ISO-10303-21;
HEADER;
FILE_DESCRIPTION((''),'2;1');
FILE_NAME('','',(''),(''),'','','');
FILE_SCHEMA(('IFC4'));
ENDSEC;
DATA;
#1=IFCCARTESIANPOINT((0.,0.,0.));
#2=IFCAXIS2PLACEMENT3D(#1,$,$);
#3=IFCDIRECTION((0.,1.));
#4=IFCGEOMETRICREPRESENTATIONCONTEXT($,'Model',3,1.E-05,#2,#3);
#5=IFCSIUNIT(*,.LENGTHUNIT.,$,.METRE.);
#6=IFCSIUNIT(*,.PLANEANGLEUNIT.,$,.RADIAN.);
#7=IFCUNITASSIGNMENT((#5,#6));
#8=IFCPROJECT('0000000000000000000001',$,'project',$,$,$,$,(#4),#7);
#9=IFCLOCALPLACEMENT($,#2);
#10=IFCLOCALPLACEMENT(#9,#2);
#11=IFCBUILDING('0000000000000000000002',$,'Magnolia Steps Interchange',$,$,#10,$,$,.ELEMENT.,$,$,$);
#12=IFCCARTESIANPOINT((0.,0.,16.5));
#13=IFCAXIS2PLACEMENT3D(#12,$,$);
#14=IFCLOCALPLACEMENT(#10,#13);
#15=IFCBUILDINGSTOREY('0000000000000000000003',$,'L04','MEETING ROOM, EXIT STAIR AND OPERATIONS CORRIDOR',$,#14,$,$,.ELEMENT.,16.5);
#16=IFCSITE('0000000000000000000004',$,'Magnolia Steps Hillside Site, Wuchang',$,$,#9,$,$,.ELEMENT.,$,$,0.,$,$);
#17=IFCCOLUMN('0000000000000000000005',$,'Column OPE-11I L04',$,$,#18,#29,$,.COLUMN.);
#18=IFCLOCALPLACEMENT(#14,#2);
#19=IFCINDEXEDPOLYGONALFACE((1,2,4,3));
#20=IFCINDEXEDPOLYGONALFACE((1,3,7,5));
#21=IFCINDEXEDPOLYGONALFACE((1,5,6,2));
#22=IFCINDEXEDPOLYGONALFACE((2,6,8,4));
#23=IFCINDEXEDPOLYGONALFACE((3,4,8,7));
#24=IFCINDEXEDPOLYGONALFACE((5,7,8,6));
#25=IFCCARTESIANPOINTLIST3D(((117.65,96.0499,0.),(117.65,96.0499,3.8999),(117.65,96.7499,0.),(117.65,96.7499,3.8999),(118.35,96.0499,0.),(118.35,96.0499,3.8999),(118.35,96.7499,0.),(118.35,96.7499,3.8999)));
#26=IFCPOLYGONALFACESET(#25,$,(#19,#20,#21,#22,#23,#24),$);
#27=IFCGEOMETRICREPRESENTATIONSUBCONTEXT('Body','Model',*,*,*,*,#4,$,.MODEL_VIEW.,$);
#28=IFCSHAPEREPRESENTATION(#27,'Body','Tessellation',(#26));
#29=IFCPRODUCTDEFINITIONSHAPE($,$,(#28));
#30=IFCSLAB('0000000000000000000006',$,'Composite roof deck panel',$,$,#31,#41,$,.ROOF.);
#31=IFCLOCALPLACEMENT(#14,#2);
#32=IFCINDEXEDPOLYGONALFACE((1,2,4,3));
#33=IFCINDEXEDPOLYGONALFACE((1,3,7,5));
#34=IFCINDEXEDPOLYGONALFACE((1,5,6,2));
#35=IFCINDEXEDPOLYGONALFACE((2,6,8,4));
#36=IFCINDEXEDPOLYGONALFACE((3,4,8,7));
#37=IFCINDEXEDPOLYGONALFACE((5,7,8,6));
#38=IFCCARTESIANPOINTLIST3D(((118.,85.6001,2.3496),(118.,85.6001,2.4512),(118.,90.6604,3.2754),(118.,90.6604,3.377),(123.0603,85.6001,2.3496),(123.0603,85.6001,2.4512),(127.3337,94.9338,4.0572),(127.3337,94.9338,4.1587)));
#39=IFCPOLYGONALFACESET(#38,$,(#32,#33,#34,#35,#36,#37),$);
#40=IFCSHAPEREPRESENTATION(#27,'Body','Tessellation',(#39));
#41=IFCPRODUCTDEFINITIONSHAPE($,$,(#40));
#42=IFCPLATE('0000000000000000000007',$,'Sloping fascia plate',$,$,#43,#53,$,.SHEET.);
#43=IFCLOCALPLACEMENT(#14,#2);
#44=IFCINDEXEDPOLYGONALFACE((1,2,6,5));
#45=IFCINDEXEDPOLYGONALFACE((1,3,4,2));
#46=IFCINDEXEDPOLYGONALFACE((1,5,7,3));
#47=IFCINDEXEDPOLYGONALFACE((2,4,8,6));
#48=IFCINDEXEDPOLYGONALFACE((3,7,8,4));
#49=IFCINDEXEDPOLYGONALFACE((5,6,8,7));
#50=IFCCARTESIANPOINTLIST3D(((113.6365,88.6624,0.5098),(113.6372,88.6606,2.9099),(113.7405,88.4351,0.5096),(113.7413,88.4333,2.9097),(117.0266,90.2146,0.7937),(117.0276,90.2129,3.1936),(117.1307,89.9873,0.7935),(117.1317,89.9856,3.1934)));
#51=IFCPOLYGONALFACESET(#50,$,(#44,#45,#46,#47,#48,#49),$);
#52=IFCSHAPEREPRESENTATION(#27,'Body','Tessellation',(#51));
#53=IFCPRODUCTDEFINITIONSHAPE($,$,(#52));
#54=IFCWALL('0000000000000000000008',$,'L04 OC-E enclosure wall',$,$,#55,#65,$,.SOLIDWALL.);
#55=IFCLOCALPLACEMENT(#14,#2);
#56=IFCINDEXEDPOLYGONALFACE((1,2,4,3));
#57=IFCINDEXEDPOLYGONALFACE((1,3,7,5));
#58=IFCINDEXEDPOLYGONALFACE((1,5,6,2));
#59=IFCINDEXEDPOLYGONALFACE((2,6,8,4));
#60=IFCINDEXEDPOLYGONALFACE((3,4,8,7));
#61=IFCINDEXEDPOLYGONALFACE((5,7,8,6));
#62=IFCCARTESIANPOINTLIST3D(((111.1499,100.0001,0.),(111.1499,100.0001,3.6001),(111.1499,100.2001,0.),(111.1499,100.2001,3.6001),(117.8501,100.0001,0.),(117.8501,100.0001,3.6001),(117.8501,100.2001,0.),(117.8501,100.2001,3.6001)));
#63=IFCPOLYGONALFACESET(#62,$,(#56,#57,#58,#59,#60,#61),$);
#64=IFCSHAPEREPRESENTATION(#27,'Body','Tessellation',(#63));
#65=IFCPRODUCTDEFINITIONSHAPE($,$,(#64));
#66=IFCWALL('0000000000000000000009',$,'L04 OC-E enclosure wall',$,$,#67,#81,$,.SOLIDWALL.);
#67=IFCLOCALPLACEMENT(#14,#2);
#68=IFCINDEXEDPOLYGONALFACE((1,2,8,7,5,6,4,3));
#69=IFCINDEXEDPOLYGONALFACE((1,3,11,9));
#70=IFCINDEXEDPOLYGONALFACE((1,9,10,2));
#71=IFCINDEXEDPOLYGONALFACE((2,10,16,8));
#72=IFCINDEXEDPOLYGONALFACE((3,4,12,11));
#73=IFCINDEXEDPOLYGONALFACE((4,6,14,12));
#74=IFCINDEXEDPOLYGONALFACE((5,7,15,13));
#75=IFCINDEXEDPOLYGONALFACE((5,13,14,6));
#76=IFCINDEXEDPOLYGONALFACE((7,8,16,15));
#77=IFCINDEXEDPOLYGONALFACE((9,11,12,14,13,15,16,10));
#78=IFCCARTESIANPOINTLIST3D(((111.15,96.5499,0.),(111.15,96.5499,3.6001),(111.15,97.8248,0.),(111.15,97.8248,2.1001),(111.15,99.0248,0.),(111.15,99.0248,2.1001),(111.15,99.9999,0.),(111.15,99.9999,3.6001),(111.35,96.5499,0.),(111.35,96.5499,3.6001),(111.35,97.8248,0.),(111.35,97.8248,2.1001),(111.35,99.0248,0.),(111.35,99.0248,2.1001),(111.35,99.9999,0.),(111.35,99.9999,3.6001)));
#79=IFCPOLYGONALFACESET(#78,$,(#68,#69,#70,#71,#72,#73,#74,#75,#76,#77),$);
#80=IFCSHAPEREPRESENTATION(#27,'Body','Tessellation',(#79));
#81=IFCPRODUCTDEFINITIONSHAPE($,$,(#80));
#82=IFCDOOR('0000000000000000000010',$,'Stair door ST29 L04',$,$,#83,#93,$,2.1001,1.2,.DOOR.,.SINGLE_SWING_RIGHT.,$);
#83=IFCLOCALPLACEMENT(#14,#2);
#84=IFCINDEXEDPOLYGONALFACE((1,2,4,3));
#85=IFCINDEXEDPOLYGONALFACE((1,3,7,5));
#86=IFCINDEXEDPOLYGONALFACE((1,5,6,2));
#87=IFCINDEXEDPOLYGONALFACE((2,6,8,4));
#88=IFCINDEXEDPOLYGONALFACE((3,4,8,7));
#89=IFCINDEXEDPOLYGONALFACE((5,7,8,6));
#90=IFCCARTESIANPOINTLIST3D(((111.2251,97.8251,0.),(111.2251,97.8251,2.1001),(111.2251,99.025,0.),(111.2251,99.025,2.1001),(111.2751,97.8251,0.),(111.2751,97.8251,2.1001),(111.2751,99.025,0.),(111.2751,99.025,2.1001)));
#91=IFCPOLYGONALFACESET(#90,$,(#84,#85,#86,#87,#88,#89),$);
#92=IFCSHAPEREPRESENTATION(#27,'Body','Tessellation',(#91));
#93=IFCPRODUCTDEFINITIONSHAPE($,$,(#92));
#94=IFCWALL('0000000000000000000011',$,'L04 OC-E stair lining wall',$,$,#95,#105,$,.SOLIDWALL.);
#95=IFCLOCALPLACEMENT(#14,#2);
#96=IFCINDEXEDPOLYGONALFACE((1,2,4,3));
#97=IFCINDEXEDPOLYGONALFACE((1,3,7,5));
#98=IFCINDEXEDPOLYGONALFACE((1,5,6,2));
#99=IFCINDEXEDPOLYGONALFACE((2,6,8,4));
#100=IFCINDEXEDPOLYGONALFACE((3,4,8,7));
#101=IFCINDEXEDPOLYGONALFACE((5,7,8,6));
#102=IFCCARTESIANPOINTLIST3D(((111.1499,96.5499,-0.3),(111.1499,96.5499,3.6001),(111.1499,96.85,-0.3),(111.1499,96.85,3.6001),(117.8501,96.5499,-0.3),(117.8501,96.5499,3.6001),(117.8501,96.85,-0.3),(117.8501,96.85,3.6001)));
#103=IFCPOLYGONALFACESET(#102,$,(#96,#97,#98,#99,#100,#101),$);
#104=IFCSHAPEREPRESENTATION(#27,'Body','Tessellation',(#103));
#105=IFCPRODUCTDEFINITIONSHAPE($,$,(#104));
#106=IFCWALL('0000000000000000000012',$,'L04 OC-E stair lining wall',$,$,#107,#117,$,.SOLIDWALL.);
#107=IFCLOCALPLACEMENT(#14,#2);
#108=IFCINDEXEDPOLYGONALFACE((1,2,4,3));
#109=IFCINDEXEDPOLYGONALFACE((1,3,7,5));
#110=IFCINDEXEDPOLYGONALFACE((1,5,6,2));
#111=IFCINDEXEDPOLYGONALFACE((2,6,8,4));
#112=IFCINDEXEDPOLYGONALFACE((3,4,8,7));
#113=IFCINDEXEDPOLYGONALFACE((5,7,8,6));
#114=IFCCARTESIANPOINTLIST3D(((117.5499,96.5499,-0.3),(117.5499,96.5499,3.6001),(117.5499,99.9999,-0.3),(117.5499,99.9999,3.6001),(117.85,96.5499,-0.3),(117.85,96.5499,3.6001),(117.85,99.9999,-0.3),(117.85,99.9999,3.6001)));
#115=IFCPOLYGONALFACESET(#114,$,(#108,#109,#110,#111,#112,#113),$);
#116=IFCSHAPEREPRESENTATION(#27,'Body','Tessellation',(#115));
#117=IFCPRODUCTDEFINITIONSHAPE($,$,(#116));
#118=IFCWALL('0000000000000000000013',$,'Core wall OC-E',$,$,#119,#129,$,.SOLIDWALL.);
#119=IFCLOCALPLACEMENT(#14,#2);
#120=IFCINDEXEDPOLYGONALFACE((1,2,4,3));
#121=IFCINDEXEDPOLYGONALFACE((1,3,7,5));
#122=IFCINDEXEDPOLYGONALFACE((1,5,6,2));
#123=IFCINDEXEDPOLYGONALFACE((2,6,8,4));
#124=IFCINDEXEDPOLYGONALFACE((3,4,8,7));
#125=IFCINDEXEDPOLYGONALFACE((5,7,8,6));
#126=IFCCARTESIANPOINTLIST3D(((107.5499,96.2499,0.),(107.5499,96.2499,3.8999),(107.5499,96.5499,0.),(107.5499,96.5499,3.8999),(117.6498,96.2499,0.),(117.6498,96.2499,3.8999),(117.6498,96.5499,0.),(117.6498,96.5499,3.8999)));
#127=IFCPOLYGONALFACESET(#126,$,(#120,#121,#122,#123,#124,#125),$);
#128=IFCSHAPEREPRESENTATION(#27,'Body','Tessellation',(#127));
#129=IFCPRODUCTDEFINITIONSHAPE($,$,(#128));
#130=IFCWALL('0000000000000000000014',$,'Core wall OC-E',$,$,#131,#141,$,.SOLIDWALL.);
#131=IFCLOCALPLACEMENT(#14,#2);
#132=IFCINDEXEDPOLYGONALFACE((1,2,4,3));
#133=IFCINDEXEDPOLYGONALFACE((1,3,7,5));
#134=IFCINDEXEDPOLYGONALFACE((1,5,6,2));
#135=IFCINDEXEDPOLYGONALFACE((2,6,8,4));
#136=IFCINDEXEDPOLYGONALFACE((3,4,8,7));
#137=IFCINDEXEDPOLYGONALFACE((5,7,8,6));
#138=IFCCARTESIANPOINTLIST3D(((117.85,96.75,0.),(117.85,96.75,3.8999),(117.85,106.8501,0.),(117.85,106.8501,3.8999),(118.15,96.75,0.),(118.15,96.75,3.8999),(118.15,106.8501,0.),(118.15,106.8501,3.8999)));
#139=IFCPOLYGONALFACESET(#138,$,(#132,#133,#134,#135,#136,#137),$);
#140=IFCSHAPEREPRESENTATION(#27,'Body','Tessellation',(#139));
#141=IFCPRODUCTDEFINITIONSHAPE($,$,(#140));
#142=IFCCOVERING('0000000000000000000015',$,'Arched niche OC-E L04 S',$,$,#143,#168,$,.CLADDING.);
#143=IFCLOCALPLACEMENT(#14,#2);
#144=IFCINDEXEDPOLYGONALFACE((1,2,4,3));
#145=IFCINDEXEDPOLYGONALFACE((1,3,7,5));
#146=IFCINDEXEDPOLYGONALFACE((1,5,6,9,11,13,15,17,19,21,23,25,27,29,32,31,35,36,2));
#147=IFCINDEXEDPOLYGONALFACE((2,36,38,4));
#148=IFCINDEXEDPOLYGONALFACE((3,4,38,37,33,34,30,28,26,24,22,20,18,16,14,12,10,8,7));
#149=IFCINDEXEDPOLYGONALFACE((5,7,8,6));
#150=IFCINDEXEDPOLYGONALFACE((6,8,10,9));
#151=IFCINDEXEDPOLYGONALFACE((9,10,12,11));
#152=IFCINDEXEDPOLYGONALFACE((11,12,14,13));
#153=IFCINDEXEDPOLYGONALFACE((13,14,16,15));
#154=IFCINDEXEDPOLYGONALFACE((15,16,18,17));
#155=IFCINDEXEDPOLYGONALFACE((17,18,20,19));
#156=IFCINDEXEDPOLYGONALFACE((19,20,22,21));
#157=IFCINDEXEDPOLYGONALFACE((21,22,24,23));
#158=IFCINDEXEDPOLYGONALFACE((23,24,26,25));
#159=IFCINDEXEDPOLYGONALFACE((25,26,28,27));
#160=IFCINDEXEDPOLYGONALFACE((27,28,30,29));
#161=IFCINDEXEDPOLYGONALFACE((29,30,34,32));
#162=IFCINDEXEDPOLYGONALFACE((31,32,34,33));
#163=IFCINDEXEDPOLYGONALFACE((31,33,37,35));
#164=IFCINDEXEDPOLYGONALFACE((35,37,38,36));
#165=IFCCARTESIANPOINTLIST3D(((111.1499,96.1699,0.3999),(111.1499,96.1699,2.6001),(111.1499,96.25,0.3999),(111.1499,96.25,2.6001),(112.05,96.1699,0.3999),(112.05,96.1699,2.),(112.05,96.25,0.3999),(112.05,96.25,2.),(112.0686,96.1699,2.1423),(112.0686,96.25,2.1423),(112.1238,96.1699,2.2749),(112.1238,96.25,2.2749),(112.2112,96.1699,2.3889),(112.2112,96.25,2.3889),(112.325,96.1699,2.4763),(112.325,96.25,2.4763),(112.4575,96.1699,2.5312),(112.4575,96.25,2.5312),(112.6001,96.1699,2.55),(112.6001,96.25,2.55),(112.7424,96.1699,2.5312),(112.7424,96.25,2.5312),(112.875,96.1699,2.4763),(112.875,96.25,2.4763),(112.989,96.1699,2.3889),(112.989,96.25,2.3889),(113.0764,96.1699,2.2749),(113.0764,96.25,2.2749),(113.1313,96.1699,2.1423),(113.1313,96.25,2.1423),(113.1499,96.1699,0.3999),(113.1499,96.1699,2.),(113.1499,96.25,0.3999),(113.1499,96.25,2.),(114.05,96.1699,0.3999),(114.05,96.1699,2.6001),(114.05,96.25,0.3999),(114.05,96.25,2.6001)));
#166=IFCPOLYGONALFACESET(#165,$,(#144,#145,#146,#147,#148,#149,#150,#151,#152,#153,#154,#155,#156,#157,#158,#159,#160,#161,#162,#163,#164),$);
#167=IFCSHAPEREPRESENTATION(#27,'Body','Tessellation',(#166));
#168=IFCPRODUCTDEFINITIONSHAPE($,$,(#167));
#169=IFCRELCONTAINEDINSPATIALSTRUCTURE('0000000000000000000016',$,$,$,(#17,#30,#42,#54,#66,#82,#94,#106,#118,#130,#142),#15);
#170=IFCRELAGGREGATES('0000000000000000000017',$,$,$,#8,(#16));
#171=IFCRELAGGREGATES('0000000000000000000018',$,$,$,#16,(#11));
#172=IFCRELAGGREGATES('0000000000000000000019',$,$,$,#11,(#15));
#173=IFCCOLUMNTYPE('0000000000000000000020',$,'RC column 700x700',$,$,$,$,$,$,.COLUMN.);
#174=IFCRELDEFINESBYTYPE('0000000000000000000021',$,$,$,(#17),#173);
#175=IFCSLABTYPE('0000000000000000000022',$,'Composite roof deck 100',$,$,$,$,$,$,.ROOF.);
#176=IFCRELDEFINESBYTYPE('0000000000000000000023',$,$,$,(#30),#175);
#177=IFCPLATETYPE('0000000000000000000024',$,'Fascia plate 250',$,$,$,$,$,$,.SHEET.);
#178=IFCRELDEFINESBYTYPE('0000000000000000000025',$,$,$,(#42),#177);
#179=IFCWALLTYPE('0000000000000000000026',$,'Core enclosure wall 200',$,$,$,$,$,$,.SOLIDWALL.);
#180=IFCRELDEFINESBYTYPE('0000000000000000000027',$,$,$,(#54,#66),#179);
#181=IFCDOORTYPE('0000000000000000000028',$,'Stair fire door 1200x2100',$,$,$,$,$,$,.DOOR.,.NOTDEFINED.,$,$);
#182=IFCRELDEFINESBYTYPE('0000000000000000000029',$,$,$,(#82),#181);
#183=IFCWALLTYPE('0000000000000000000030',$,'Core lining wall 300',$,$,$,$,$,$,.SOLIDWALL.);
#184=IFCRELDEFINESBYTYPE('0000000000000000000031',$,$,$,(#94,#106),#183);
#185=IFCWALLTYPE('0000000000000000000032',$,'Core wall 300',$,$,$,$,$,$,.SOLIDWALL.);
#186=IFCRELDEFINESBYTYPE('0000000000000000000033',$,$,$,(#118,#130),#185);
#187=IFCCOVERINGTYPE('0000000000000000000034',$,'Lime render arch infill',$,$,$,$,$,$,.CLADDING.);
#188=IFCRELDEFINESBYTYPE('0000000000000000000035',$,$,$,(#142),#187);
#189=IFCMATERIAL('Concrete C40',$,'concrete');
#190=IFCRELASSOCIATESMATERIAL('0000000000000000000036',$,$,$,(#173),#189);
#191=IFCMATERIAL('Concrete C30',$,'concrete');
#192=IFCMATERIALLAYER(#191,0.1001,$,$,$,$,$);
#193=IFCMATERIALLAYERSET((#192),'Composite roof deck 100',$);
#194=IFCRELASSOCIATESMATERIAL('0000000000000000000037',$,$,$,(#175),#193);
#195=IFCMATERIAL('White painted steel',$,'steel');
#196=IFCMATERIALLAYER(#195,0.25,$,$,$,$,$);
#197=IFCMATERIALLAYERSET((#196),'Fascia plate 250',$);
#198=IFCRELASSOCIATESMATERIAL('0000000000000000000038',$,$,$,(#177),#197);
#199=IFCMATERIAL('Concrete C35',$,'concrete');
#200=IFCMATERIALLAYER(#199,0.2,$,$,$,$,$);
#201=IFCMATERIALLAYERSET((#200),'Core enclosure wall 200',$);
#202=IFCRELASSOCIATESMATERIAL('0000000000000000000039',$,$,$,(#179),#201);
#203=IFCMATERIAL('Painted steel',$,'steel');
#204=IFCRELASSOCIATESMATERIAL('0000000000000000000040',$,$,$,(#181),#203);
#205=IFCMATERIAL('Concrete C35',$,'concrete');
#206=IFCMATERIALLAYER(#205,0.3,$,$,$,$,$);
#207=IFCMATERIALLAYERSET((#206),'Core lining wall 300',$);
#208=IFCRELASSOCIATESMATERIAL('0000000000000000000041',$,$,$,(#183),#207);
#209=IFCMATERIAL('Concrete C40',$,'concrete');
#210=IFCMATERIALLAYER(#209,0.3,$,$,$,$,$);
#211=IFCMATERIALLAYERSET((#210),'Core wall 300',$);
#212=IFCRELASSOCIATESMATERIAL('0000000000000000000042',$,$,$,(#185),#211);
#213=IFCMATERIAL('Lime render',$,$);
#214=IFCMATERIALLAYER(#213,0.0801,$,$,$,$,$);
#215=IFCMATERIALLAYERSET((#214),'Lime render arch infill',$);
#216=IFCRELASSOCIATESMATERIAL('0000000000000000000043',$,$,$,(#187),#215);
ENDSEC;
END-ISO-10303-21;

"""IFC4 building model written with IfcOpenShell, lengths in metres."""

from ifc_helpers import new_model, si_unit, direction, frame, frame_2d, origin, origin_2d, place, context, subcontext, project, spatial, polyline, rectangle, outline, extrude, material, layer, layer_set, material_profile, profile_set, type_object, element, fill, save


model = new_model("IFC4")

# Units and contexts
model_context = context("Model", 3, precision=1e-05, world=origin(), true_north=direction((0.0, 1.0)))
body_context = subcontext(model_context, "Body", "Model", "MODEL_VIEW")
ifc_project = project(units=[si_unit("LENGTHUNIT", "METRE"), si_unit("PLANEANGLEUNIT", "RADIAN")], contexts=[model_context])

# Site, building, storey
site_placement = place(None, origin())
site = spatial("IfcSite", under=ifc_project, at=site_placement, Name="Magnolia Steps Hillside Site, Wuchang", CompositionType="ELEMENT", RefElevation=0.0)
building_placement = place(site_placement, origin())
building = spatial("IfcBuilding", under=site, at=building_placement, Name="Magnolia Steps Interchange", CompositionType="ELEMENT")
storey_placement = place(building_placement, frame((0.0, 0.0, 16.5)))
storey = spatial("IfcBuildingStorey", under=building, at=storey_placement, Name="L04", Description="MEETING ROOM, EXIT STAIR AND OPERATIONS CORRIDOR", CompositionType="ELEMENT", Elevation=16.5)

# Column
ifc_material_1 = material(Name="Concrete C40", Category="concrete")
ifc_material_profile = material_profile(ifc_material_1, rectangle(XDim=0.7, YDim=0.7, at=origin_2d()), Name="RC700x700")
ifc_profile_set = profile_set([ifc_material_profile], Name="Concrete C40")
column_type = type_object("IfcColumnType", Name="RC column 700x700", PredefinedType="COLUMN", material=ifc_profile_set)
column_placement = place(storey_placement, frame((118.0, 96.3999, 0.0), z_axis=(0.0, 0.0, 1.0), x_axis=(1.0, 0.0, 0.0)))
element("IfcColumn", 1, at=column_placement, inside=storey, type_object=column_type, Name="Column OPE-11I L04", PredefinedType="COLUMN", context=body_context, shape_type="SweptSolid", body=[
    extrude(rectangle(XDim=0.7, YDim=0.7, at=origin_2d()), origin(), (0.0, 0.0, 1.0), 3.8999),
])

# Slab
ifc_material_2 = material(Name="Concrete C30", Category="concrete")
ifc_layer_1 = layer(ifc_material_2, 0.1001)
ifc_layer_set_1 = layer_set([ifc_layer_1], Name="Composite roof deck 100")
slab_type = type_object("IfcSlabType", Name="Composite roof deck 100", PredefinedType="ROOF", material=ifc_layer_set_1)
slab_placement = place(storey_placement, frame((118.0, 90.6604, 3.377), z_axis=(0.000005, -0.179958, 0.983674), x_axis=(0.0, -0.983674, -0.179958)))
element("IfcSlab", 2, at=slab_placement, inside=storey, type_object=slab_type, Name="Composite roof deck panel", PredefinedType="ROOF", context=body_context, shape_type="SweptSolid", body=[
    extrude(outline(polyline([(0.0, 0.0), (5.1443, 0.0), (5.1443, 5.0603), (-4.3444, 9.3337), (0.0, 0.0)])), origin(), (0.179958, 0.000004, -0.983674), 0.1016),
])

# Plate
ifc_material_3 = material(Name="White painted steel", Category="steel")
ifc_layer_2 = layer(ifc_material_3, 0.25)
ifc_layer_set_2 = layer_set([ifc_layer_2], Name="Fascia plate 250")
plate_type = type_object("IfcPlateType", Name="Fascia plate 250", PredefinedType="SHEET", material=ifc_layer_set_2)
plate_placement = place(storey_placement, frame((117.0266, 90.2146, 0.7937), z_axis=(-0.41635, 0.909204, 0.000796), x_axis=(-0.906605, -0.415093, -0.075931)))
element("IfcPlate", 3, at=plate_placement, inside=storey, type_object=plate_type, Name="Sloping fascia plate", PredefinedType="SHEET", context=body_context, shape_type="SweptSolid", body=[
    extrude(outline(polyline([(0.0, 0.0), (3.7394, 0.0), (3.5572, 2.3932), (-0.1824, 2.393), (0.0, 0.0)])), origin(), (0.0, 0.0, -1.0), 0.25),
])

# Wall
ifc_material_4 = material(Name="Concrete C35", Category="concrete")
ifc_layer_3 = layer(ifc_material_4, 0.2)
ifc_layer_set_3 = layer_set([ifc_layer_3], Name="Core enclosure wall 200")
wall_type_1 = type_object("IfcWallType", Name="Core enclosure wall 200", PredefinedType="SOLIDWALL", material=ifc_layer_set_3)
wall_1_placement = place(storey_placement, frame((111.1499, 100.1001, 0.0), z_axis=(0.0, 0.0, 1.0), x_axis=(1.0, 0.0, 0.0)))
element("IfcWall", 4, at=wall_1_placement, inside=storey, type_object=wall_type_1, Name="L04 OC-E enclosure wall", PredefinedType="SOLIDWALL", context=body_context, shape_type="SweptSolid", body=[
    extrude(rectangle(XDim=6.7002, YDim=0.2, at=frame_2d((3.3501, 0.0))), origin(), (0.0, 0.0, 1.0), 3.6001),
])

# Wall, opening, door
wall_2_placement = place(storey_placement, frame((111.25, 100.0, 0.0), z_axis=(0.0, 0.0, 1.0), x_axis=(0.0, -1.0, 0.0)))
wall_2 = element("IfcWall", 5, at=wall_2_placement, inside=storey, type_object=wall_type_1, Name="L04 OC-E enclosure wall", PredefinedType="SOLIDWALL", context=body_context, shape_type="SweptSolid", body=[
    extrude(rectangle(XDim=3.45, YDim=0.2, at=frame_2d((1.7251, 0.0))), origin(), (0.0, 0.0, 1.0), 3.6001),
])
opening_placement = place(wall_2_placement, frame((0.9751, 0.0, 0.0)))
opening = element("IfcOpeningElement", 6, at=opening_placement, cuts=wall_2, PredefinedType="OPENING", context=body_context, shape_type="SweptSolid", body=[
    extrude(rectangle(XDim=1.2, YDim=2.1001, at=frame_2d((0.6001, 1.05))), frame((0.0, 0.1099, 0.0), z_axis=(0.0, -1.0, 0.0), x_axis=(1.0, 0.0, 0.0)), (0.0, 0.0, 1.0), 0.22),
])
ifc_material_5 = material(Name="Painted steel", Category="steel")
door_type = type_object("IfcDoorType", Name="Stair fire door 1200x2100", OperationType="NOTDEFINED", PredefinedType="DOOR", material=ifc_material_5)
door_placement = place(opening_placement, frame((1.2, 0.0, 0.0), z_axis=(0.0, 0.0, 1.0), x_axis=(-1.0, 0.0, 0.0)))
door = element("IfcDoor", 7, at=door_placement, inside=storey, type_object=door_type, Name="Stair door ST29 L04", OperationType="SINGLE_SWING_RIGHT", OverallHeight=2.1001, OverallWidth=1.2, PredefinedType="DOOR", context=body_context, shape_type="SweptSolid", body=[
    extrude(rectangle(XDim=1.2, YDim=2.1001, at=frame_2d((0.6001, 1.05))), frame((0.0, 0.0249, 0.0), z_axis=(0.0, -1.0, 0.0), x_axis=(1.0, 0.0, 0.0)), (0.0, 0.0, 1.0), 0.05),
])
fill(opening, door)

# Walls
ifc_material_6 = material(Name="Concrete C35", Category="concrete")
ifc_layer_4 = layer(ifc_material_6, 0.3)
ifc_layer_set_4 = layer_set([ifc_layer_4], Name="Core lining wall 300")
wall_type_2 = type_object("IfcWallType", Name="Core lining wall 300", PredefinedType="SOLIDWALL", material=ifc_layer_set_4)
wall_3_placement = place(storey_placement, frame((111.1499, 96.7, -0.3), z_axis=(0.0, 0.0, 1.0), x_axis=(1.0, 0.0, 0.0)))
element("IfcWall", 8, at=wall_3_placement, inside=storey, type_object=wall_type_2, Name="L04 OC-E stair lining wall", PredefinedType="SOLIDWALL", context=body_context, shape_type="SweptSolid", body=[
    extrude(rectangle(XDim=6.7002, YDim=0.3, at=frame_2d((3.3501, 0.0))), origin(), (0.0, 0.0, 1.0), 3.9001),
])
wall_4_placement = place(storey_placement, frame((117.7, 100.0, -0.3), z_axis=(0.0, 0.0, 1.0), x_axis=(0.0, -1.0, 0.0)))
element("IfcWall", 9, at=wall_4_placement, inside=storey, type_object=wall_type_2, Name="L04 OC-E stair lining wall", PredefinedType="SOLIDWALL", context=body_context, shape_type="SweptSolid", body=[
    extrude(rectangle(XDim=3.45, YDim=0.3, at=frame_2d((1.7251, 0.0))), origin(), (0.0, 0.0, 1.0), 3.9001),
])
ifc_material_7 = material(Name="Concrete C40", Category="concrete")
ifc_layer_5 = layer(ifc_material_7, 0.3)
ifc_layer_set_5 = layer_set([ifc_layer_5], Name="Core wall 300")
wall_type_3 = type_object("IfcWallType", Name="Core wall 300", PredefinedType="SOLIDWALL", material=ifc_layer_set_5)
wall_5_placement = place(storey_placement, frame((107.55, 96.3999, 0.0), z_axis=(0.0, 0.0, 1.0), x_axis=(1.0, 0.0, 0.0)))
element("IfcWall", 10, at=wall_5_placement, inside=storey, type_object=wall_type_3, Name="Core wall OC-E", PredefinedType="SOLIDWALL", context=body_context, shape_type="SweptSolid", body=[
    extrude(rectangle(XDim=10.0999, YDim=0.3, at=frame_2d((5.0498, 0.0))), origin(), (0.0, 0.0, 1.0), 3.8999),
])
wall_6_placement = place(storey_placement, frame((118.0, 96.75, 0.0), z_axis=(0.0, 0.0, 1.0), x_axis=(0.0, 1.0, 0.0)))
element("IfcWall", 11, at=wall_6_placement, inside=storey, type_object=wall_type_3, Name="Core wall OC-E", PredefinedType="SOLIDWALL", context=body_context, shape_type="SweptSolid", body=[
    extrude(rectangle(XDim=10.1001, YDim=0.3, at=frame_2d((5.05, 0.0))), origin(), (0.0, 0.0, 1.0), 3.8999),
])

# Covering
ifc_material_8 = material(Name="Lime render")
ifc_layer_6 = layer(ifc_material_8, 0.0801)
ifc_layer_set_6 = layer_set([ifc_layer_6], Name="Lime render arch infill")
covering_type_1 = type_object("IfcCoveringType", Name="Lime render arch infill", PredefinedType="CLADDING", material=ifc_layer_set_6)
covering_1_placement = place(storey_placement, frame((111.1499, 96.25, 0.3999), z_axis=(0.0, 1.0, 0.0), x_axis=(0.0, 0.0, 1.0)))
element("IfcCovering", 12, at=covering_1_placement, inside=storey, type_object=covering_type_1, Name="Arched niche OC-E L04 S", PredefinedType="CLADDING", context=body_context, shape_type="SweptSolid", body=[
    extrude(outline(polyline([(0.0, 0.0), (2.2002, 0.0), (2.2002, 2.9001), (0.0, 2.9001), (0.0, 2.0), (1.6001, 2.0), (1.7424, 1.9814), (1.875, 1.9265), (1.989, 1.8391), (2.0764, 1.7251), (2.1313, 1.5925), (2.1501, 1.4502), (2.1313, 1.3076), (2.0764, 1.175), (1.989, 1.0613), (1.875, 0.9739), (1.7424, 0.9187), (1.6001, 0.9001), (0.0, 0.9001), (0.0, 0.0)])), origin(), (0.0, 0.0, -1.0), 0.0801),
])

save(model, "model.ifc")
